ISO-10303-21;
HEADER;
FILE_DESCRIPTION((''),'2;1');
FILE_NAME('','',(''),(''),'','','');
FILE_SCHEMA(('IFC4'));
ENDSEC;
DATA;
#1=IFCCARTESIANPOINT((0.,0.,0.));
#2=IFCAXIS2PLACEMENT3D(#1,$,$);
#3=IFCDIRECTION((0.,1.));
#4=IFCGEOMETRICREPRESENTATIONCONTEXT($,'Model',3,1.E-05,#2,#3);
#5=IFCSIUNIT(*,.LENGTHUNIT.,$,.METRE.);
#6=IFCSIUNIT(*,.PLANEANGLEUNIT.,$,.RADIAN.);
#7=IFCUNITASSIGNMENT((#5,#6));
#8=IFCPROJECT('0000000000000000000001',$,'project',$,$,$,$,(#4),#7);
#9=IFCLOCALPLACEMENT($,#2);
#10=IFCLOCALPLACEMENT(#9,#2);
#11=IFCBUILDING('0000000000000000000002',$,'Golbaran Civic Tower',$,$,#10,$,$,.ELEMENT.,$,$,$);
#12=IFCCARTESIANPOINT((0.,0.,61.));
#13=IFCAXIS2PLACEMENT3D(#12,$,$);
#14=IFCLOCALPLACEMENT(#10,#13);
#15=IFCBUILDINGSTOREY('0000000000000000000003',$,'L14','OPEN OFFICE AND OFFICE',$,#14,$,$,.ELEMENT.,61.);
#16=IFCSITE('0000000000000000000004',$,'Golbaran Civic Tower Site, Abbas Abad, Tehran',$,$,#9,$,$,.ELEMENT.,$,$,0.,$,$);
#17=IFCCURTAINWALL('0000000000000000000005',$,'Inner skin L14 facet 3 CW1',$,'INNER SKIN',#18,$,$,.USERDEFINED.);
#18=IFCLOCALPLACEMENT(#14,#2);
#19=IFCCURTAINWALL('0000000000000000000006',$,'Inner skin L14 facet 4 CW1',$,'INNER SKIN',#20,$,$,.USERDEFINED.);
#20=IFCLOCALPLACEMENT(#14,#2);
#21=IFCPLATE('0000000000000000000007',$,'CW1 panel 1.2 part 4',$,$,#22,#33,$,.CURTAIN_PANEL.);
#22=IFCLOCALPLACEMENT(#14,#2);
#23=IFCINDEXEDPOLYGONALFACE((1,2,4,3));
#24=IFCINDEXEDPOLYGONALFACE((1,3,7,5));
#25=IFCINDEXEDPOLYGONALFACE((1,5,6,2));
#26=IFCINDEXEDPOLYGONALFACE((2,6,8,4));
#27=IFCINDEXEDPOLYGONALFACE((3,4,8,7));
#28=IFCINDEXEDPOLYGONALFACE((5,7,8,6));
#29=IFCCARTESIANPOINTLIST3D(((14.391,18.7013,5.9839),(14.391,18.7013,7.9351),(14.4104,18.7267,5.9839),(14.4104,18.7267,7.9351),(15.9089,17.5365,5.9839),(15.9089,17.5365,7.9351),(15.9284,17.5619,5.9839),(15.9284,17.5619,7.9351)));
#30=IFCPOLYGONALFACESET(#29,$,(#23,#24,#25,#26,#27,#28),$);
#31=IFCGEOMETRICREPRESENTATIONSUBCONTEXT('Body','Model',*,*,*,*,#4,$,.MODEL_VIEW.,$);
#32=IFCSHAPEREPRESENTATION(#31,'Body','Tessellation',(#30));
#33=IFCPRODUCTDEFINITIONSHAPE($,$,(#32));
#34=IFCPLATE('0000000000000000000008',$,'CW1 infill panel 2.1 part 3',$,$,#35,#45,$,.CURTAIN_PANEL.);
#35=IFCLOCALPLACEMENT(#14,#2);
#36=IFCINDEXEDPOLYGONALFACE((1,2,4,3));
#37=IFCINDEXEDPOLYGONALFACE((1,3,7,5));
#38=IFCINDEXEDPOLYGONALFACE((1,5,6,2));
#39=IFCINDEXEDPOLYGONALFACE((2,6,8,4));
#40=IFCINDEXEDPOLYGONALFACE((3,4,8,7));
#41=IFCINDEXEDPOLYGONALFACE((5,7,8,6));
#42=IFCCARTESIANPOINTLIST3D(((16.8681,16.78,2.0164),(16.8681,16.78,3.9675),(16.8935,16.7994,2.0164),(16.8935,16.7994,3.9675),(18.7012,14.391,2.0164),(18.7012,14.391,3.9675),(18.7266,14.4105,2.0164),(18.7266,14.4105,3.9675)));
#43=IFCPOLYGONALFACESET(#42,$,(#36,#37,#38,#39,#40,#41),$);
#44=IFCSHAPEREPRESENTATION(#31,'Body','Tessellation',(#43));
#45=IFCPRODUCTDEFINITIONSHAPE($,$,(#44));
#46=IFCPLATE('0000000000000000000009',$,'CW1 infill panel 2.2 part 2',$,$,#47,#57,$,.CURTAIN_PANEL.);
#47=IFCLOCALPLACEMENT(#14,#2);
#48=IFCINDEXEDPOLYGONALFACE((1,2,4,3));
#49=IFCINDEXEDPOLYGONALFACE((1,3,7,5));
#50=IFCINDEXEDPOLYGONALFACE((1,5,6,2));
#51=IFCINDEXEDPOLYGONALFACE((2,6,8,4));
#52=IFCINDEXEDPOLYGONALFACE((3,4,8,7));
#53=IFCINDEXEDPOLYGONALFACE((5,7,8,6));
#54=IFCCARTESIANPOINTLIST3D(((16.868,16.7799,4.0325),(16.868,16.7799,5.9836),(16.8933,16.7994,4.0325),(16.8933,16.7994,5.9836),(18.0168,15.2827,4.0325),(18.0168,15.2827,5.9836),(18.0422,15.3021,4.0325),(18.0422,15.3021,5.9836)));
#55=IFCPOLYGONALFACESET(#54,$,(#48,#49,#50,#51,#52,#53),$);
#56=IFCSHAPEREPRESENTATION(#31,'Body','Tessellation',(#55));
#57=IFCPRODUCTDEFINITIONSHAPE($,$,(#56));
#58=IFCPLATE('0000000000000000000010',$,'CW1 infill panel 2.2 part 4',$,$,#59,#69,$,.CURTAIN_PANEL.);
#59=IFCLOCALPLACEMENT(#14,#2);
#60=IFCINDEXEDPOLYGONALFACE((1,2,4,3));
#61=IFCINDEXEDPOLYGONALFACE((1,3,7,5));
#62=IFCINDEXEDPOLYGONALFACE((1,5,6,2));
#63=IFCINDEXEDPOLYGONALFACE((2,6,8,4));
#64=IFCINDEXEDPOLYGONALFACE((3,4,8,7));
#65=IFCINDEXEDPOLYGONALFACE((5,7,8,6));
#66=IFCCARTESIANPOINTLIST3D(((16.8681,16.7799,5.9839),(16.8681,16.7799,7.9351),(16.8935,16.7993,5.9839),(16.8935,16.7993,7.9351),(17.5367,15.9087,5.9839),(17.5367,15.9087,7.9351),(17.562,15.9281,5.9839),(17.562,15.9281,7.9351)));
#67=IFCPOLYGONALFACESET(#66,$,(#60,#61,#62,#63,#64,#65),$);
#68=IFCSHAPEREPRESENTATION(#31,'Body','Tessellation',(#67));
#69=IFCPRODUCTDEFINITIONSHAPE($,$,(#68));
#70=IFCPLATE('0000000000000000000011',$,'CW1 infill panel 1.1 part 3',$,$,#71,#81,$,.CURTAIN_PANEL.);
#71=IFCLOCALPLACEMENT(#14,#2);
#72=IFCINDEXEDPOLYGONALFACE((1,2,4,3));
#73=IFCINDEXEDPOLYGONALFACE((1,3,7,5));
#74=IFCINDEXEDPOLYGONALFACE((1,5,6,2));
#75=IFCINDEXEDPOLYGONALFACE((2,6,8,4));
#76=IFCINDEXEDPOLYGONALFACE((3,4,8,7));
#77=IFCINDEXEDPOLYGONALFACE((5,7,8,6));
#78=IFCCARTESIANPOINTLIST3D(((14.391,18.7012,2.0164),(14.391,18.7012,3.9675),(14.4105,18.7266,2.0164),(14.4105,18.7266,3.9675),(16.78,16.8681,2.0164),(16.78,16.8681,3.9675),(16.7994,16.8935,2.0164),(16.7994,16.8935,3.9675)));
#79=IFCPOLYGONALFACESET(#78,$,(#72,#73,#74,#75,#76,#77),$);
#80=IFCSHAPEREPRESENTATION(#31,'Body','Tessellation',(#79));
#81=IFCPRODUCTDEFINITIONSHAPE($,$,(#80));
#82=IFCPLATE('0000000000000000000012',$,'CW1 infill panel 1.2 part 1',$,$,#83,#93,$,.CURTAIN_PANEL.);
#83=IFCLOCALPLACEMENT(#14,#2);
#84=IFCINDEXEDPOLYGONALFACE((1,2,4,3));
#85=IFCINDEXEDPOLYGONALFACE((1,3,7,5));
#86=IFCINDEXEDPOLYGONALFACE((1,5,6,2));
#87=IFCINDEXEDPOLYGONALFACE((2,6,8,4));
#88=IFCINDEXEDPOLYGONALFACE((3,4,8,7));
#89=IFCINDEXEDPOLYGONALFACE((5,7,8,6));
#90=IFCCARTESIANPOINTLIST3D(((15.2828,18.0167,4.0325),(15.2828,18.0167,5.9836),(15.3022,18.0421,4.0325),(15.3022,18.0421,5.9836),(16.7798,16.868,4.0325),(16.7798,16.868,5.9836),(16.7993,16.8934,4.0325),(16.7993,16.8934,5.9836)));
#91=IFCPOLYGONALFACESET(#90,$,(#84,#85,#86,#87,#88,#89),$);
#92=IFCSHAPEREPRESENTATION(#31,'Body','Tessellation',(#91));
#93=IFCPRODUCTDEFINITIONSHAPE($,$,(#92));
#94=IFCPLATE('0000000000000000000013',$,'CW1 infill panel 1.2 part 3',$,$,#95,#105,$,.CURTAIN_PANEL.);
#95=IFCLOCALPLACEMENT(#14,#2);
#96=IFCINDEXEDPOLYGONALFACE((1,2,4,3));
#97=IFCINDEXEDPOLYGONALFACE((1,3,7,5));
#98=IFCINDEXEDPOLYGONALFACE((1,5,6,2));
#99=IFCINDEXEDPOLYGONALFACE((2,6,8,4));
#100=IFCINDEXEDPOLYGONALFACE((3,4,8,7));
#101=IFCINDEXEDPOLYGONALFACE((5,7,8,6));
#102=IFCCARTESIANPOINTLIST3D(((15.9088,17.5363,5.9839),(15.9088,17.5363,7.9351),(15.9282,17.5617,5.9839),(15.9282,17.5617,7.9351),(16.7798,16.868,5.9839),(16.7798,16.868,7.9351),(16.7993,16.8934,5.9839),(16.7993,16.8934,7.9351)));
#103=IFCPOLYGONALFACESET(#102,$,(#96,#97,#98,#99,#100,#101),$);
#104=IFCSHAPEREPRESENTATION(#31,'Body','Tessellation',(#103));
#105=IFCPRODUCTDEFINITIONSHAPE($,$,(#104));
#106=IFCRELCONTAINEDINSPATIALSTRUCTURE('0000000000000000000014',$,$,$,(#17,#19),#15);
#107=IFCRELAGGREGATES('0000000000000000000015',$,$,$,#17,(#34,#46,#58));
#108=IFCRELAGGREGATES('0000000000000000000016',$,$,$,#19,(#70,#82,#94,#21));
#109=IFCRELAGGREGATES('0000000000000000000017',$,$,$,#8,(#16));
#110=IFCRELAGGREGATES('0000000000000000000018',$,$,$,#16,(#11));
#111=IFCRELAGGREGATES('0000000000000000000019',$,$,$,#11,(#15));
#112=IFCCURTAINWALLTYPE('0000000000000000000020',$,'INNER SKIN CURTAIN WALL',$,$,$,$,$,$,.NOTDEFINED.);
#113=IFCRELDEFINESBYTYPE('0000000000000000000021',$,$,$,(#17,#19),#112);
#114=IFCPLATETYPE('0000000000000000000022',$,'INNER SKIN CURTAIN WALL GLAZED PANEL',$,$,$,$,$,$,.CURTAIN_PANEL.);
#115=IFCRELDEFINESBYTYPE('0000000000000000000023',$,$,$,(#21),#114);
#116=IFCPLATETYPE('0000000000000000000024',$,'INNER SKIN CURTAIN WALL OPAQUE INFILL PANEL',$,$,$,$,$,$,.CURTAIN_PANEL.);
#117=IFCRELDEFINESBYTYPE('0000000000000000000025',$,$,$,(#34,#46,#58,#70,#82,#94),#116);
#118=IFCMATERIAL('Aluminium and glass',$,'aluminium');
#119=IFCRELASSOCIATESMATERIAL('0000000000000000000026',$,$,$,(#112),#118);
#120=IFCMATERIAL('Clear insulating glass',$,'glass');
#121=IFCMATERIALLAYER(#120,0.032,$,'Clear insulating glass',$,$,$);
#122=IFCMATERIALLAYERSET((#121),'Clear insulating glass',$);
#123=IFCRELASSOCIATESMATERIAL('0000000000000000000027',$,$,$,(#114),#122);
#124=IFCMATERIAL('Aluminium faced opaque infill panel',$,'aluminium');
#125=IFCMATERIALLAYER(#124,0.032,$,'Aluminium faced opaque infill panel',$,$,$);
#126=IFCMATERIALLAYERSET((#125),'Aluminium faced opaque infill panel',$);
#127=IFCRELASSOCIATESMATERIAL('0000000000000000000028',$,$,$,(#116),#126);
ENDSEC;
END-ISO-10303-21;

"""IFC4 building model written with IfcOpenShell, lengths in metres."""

from ifc_helpers import new_model, si_unit, direction, frame, origin, origin_2d, place, context, subcontext, project, spatial, rectangle, extrude, material, layer, layer_set, type_object, element, aggregate, save


model = new_model("IFC4")

# Units and contexts
model_context = context("Model", 3, precision=1e-05, world=origin(), true_north=direction((0.0, 1.0)))
body_context = subcontext(model_context, "Body", "Model", "MODEL_VIEW")
ifc_project = project(units=[si_unit("LENGTHUNIT", "METRE"), si_unit("PLANEANGLEUNIT", "RADIAN")], contexts=[model_context])

# Site, building, storey
site_placement = place(None, origin())
site = spatial("IfcSite", under=ifc_project, at=site_placement, Name="Golbaran Civic Tower Site, Abbas Abad, Tehran", CompositionType="ELEMENT", RefElevation=0.0)
building_placement = place(site_placement, origin())
building = spatial("IfcBuilding", under=site, at=building_placement, Name="Golbaran Civic Tower", CompositionType="ELEMENT")
storey_placement = place(building_placement, frame((0.0, 0.0, 61.0)))
storey = spatial("IfcBuildingStorey", under=building, at=storey_placement, Name="L14", Description="OPEN OFFICE AND OFFICE", CompositionType="ELEMENT", Elevation=61.0)

# Curtain walls
ifc_material_1 = material(Name="Aluminium and glass", Category="aluminium")
curtain_wall_type = type_object("IfcCurtainWallType", Name="INNER SKIN CURTAIN WALL", PredefinedType="NOTDEFINED", material=ifc_material_1)
curtain_wall_1_placement = place(storey_placement, origin())
curtain_wall_1 = element("IfcCurtainWall", 1, at=curtain_wall_1_placement, inside=storey, type_object=curtain_wall_type, Name="Inner skin L14 facet 3 CW1", ObjectType="INNER SKIN", PredefinedType="USERDEFINED")
curtain_wall_2_placement = place(storey_placement, origin())
curtain_wall_2 = element("IfcCurtainWall", 2, at=curtain_wall_2_placement, inside=storey, type_object=curtain_wall_type, Name="Inner skin L14 facet 4 CW1", ObjectType="INNER SKIN", PredefinedType="USERDEFINED")

# Shared definitions
ifc_material_2 = material(Name="Clear insulating glass", Category="glass")
ifc_layer_1 = layer(ifc_material_2, 0.032, Name="Clear insulating glass")
ifc_layer_set_1 = layer_set([ifc_layer_1], Name="Clear insulating glass")
plate_type_1 = type_object("IfcPlateType", Name="INNER SKIN CURTAIN WALL GLAZED PANEL", PredefinedType="CURTAIN_PANEL", material=ifc_layer_set_1)

# Plates
plate_1_placement = place(storey_placement, frame((15.1597, 18.1316, 5.9839), z_axis=(0.0, 0.0, 1.0), x_axis=(-0.793353, 0.608761, 0.0)))
plate_1 = element("IfcPlate", 3, at=plate_1_placement, type_object=plate_type_1, Name="CW1 panel 1.2 part 4", PredefinedType="CURTAIN_PANEL", context=body_context, shape_type="SweptSolid", body=[
    extrude(rectangle(XDim=1.9133, YDim=0.032, at=origin_2d()), origin(), (0.0, 0.0, 1.0), 1.9512),
])
ifc_material_3 = material(Name="Aluminium faced opaque infill panel", Category="aluminium")
ifc_layer_2 = layer(ifc_material_3, 0.032, Name="Aluminium faced opaque infill panel")
ifc_layer_set_2 = layer_set([ifc_layer_2], Name="Aluminium faced opaque infill panel")
plate_type_2 = type_object("IfcPlateType", Name="INNER SKIN CURTAIN WALL OPAQUE INFILL PANEL", PredefinedType="CURTAIN_PANEL", material=ifc_layer_set_2)
plate_2_placement = place(storey_placement, frame((17.7974, 15.5952, 2.0164), z_axis=(0.0, 0.0, 1.0), x_axis=(-0.608761, 0.793353, 0.0)))
plate_2 = element("IfcPlate", 4, at=plate_2_placement, type_object=plate_type_2, Name="CW1 infill panel 2.1 part 3", PredefinedType="CURTAIN_PANEL", context=body_context, shape_type="SweptSolid", body=[
    extrude(rectangle(XDim=3.0112, YDim=0.032, at=origin_2d()), origin(), (0.0, 0.0, 1.0), 1.9512),
])
plate_3_placement = place(storey_placement, frame((17.4551, 16.041, 4.0325), z_axis=(0.0, 0.0, 1.0), x_axis=(-0.608761, 0.793353, 0.0)))
plate_3 = element("IfcPlate", 5, at=plate_3_placement, type_object=plate_type_2, Name="CW1 infill panel 2.2 part 2", PredefinedType="CURTAIN_PANEL", context=body_context, shape_type="SweptSolid", body=[
    extrude(rectangle(XDim=1.8872, YDim=0.032, at=origin_2d()), origin(), (0.0, 0.0, 1.0), 1.9512),
])
plate_4_placement = place(storey_placement, frame((17.2151, 16.354, 5.9839), z_axis=(0.0, 0.0, 1.0), x_axis=(-0.608761, 0.793353, 0.0)))
plate_4 = element("IfcPlate", 6, at=plate_4_placement, type_object=plate_type_2, Name="CW1 infill panel 2.2 part 4", PredefinedType="CURTAIN_PANEL", context=body_context, shape_type="SweptSolid", body=[
    extrude(rectangle(XDim=1.0981, YDim=0.032, at=origin_2d()), origin(), (0.0, 0.0, 1.0), 1.9512),
])
aggregate(curtain_wall_1, [plate_2, plate_3, plate_4])
plate_5_placement = place(storey_placement, frame((15.5952, 17.7974, 2.0164), z_axis=(0.0, 0.0, 1.0), x_axis=(-0.793353, 0.608761, 0.0)))
plate_5 = element("IfcPlate", 7, at=plate_5_placement, type_object=plate_type_2, Name="CW1 infill panel 1.1 part 3", PredefinedType="CURTAIN_PANEL", context=body_context, shape_type="SweptSolid", body=[
    extrude(rectangle(XDim=3.0112, YDim=0.032, at=origin_2d()), origin(), (0.0, 0.0, 1.0), 1.9512),
])
plate_6_placement = place(storey_placement, frame((16.041, 17.4551, 4.0325), z_axis=(0.0, 0.0, 1.0), x_axis=(-0.793353, 0.608761, 0.0)))
plate_6 = element("IfcPlate", 8, at=plate_6_placement, type_object=plate_type_2, Name="CW1 infill panel 1.2 part 1", PredefinedType="CURTAIN_PANEL", context=body_context, shape_type="SweptSolid", body=[
    extrude(rectangle(XDim=1.887, YDim=0.032, at=origin_2d()), origin(), (0.0, 0.0, 1.0), 1.9512),
])
plate_7_placement = place(storey_placement, frame((16.354, 17.2148, 5.9839), z_axis=(0.0, 0.0, 1.0), x_axis=(-0.793353, 0.608761, 0.0)))
plate_7 = element("IfcPlate", 9, at=plate_7_placement, type_object=plate_type_2, Name="CW1 infill panel 1.2 part 3", PredefinedType="CURTAIN_PANEL", context=body_context, shape_type="SweptSolid", body=[
    extrude(rectangle(XDim=1.0979, YDim=0.032, at=origin_2d()), origin(), (0.0, 0.0, 1.0), 1.9512),
])
aggregate(curtain_wall_2, [plate_5, plate_6, plate_7, plate_1])

save(model, "model.ifc")
